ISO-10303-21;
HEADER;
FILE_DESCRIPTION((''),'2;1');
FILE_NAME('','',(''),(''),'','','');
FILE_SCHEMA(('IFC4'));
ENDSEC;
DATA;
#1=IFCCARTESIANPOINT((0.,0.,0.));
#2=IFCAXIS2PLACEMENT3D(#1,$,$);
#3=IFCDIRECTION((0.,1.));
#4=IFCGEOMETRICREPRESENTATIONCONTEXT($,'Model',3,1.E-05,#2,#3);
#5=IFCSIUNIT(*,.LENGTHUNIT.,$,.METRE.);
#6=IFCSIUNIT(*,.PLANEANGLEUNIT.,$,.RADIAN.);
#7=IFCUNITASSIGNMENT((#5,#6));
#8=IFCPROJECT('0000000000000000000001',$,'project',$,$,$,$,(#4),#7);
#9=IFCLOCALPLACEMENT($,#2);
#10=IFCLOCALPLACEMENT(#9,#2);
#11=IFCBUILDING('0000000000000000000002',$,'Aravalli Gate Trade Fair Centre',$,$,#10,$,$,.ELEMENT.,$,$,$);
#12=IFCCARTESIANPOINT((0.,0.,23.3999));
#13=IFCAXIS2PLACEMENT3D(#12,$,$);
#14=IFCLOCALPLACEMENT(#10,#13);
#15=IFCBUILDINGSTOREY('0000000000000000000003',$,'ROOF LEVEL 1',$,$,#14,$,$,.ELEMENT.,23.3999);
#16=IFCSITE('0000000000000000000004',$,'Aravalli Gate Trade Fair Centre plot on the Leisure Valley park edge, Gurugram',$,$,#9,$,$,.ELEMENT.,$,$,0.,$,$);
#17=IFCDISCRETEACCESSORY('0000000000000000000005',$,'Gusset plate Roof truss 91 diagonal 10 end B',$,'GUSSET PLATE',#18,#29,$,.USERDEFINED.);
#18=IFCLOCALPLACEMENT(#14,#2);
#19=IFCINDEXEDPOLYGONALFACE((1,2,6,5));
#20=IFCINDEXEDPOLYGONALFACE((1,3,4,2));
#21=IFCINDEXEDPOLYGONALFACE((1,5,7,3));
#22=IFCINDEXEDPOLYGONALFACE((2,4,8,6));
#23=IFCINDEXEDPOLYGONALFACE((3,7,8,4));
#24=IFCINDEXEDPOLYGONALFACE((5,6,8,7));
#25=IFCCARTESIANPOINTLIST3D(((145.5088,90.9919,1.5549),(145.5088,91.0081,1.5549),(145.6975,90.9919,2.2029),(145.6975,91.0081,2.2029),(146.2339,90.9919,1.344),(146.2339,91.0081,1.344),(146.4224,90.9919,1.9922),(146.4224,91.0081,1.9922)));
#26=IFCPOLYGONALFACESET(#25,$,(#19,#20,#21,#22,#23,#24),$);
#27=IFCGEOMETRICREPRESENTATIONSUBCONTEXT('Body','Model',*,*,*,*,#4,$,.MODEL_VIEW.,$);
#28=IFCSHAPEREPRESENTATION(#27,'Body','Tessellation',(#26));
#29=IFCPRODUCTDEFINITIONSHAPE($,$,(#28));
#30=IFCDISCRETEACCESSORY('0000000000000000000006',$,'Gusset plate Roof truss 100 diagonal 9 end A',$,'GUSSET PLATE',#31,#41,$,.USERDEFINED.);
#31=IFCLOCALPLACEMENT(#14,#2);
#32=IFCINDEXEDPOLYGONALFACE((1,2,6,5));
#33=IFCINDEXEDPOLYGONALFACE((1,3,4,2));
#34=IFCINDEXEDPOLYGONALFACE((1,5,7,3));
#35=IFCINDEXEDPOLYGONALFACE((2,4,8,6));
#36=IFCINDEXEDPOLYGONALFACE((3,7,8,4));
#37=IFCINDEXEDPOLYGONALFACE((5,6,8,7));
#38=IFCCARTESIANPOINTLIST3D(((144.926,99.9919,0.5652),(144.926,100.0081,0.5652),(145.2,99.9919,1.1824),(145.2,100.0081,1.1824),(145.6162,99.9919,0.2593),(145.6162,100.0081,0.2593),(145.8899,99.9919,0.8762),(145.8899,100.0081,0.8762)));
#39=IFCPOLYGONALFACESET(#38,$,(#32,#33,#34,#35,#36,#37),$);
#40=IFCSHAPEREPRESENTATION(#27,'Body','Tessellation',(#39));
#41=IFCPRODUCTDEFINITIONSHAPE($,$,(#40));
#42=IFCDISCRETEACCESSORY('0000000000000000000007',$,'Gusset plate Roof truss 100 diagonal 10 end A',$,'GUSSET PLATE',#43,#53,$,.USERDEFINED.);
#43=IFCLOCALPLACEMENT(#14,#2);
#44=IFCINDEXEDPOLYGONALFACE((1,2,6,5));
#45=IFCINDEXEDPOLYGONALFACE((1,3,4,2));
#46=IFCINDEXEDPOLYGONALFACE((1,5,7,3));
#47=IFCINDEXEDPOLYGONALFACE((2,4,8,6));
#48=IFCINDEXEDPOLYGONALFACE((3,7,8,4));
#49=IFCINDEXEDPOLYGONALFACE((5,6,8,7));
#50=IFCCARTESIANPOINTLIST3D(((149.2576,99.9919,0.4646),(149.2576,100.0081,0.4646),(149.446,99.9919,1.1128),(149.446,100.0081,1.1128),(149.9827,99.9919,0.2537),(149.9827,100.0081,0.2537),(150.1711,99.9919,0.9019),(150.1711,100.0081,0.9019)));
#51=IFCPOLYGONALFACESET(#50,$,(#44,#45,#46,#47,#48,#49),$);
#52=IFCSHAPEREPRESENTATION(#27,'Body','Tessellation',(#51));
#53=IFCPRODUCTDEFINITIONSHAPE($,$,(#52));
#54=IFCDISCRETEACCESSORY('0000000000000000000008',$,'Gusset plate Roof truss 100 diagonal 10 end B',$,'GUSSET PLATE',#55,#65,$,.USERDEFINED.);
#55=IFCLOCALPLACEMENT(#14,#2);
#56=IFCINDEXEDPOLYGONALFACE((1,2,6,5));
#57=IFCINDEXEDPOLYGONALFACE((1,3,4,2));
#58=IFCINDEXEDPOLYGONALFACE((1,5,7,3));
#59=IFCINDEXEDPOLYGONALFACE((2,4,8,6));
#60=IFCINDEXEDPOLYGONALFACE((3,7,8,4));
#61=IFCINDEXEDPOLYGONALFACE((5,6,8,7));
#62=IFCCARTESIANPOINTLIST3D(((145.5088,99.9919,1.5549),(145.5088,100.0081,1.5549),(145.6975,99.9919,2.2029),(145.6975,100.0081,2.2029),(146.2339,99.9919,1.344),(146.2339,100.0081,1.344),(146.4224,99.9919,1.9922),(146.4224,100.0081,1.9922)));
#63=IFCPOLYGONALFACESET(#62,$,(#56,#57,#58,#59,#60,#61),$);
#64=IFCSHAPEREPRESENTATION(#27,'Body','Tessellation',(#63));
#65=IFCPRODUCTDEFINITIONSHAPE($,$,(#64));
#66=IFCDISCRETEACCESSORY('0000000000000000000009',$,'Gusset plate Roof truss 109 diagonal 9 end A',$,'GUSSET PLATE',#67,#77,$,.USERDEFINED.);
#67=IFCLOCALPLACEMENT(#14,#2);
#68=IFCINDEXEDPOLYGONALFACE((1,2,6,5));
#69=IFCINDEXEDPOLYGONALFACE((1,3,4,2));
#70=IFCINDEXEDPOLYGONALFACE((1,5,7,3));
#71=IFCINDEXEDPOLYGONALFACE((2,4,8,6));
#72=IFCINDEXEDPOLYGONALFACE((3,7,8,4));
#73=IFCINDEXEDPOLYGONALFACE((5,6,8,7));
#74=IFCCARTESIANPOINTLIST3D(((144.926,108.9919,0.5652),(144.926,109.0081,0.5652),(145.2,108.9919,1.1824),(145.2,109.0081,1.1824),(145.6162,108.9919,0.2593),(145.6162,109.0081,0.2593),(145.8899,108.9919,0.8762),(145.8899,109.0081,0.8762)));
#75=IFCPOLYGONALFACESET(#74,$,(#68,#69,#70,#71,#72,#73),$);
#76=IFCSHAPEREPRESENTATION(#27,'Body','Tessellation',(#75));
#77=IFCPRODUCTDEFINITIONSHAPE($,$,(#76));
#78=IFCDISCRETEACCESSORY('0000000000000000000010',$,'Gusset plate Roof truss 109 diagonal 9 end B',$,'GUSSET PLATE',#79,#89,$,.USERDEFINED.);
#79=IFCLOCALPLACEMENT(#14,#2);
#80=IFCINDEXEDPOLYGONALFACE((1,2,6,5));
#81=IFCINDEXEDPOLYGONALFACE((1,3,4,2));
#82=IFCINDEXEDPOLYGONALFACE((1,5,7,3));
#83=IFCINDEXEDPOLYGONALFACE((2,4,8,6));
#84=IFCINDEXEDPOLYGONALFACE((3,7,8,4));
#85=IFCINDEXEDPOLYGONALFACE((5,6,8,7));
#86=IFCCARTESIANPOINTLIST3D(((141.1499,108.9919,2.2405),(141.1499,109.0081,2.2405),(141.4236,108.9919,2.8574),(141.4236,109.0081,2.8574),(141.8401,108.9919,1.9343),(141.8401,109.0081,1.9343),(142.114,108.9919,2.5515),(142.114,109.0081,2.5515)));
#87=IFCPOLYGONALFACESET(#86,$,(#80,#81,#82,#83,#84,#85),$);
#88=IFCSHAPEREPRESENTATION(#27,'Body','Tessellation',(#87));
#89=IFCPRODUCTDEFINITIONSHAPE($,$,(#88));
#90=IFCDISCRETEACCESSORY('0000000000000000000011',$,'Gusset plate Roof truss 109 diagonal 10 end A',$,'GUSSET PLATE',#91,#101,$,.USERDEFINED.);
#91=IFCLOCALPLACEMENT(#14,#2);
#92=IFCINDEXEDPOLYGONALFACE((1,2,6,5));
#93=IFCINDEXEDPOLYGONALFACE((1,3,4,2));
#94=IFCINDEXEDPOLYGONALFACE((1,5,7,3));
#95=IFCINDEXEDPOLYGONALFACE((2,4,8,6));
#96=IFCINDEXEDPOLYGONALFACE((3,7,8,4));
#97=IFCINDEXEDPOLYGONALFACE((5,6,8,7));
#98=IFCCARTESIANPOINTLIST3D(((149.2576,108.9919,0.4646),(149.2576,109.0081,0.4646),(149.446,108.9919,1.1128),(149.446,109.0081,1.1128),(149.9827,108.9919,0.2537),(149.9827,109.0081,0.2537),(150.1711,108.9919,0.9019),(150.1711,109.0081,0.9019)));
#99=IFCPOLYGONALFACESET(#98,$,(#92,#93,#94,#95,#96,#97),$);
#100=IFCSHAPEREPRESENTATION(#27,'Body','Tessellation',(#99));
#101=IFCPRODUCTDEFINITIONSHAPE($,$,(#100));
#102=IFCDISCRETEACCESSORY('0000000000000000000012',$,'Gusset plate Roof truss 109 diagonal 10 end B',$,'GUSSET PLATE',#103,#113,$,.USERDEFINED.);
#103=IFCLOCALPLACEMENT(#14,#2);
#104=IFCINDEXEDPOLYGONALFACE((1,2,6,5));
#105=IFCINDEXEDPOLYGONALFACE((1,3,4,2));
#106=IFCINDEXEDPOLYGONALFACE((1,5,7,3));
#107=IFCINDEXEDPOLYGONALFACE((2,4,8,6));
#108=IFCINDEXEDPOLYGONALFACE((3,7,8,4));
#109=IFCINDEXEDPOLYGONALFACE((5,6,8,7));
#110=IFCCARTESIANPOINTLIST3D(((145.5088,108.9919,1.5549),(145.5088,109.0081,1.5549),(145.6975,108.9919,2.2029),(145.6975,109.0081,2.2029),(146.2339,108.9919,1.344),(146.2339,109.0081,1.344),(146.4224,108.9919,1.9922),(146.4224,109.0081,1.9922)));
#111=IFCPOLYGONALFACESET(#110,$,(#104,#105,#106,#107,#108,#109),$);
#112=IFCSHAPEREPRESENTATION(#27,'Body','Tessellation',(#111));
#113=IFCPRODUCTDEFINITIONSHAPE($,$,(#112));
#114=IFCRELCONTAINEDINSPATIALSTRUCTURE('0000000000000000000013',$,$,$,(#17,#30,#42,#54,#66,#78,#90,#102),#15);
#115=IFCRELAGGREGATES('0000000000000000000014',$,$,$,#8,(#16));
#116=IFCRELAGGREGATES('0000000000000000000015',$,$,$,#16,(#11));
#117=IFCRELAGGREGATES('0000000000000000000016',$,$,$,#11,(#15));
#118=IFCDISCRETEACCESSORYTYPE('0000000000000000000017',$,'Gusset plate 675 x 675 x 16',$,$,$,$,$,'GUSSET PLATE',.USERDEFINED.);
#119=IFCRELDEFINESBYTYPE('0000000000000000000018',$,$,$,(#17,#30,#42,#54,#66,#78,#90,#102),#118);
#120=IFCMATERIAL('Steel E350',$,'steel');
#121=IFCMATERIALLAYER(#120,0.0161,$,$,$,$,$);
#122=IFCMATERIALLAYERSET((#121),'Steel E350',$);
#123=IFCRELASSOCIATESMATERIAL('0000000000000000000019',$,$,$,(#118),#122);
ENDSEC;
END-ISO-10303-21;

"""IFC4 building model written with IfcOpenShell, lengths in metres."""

from ifc_helpers import new_model, si_unit, direction, frame, origin, place, context, subcontext, project, spatial, polyline, outline, extrude, material, layer, layer_set, type_object, element, save


model = new_model("IFC4")

# Units and contexts
model_context = context("Model", 3, precision=1e-05, world=origin(), true_north=direction((0.0, 1.0)))
body_context = subcontext(model_context, "Body", "Model", "MODEL_VIEW")
ifc_project = project(units=[si_unit("LENGTHUNIT", "METRE"), si_unit("PLANEANGLEUNIT", "RADIAN")], contexts=[model_context])

# Site, building, storey
site_placement = place(None, origin())
site = spatial("IfcSite", under=ifc_project, at=site_placement, Name="Aravalli Gate Trade Fair Centre plot on the Leisure Valley park edge, Gurugram", CompositionType="ELEMENT", RefElevation=0.0)
building_placement = place(site_placement, origin())
building = spatial("IfcBuilding", under=site, at=building_placement, Name="Aravalli Gate Trade Fair Centre", CompositionType="ELEMENT")
storey_placement = place(building_placement, frame((0.0, 0.0, 23.3999)))
storey = spatial("IfcBuildingStorey", under=building, at=storey_placement, Name="ROOF LEVEL 1", CompositionType="ELEMENT", Elevation=23.3999)

# Shared definitions
ifc_material = material(Name="Steel E350", Category="steel")

# Discrete accessories
ifc_layer_1 = layer(ifc_material, 0.0161)
ifc_layer_set_1 = layer_set([ifc_layer_1], Name="Steel E350")
discrete_accessory_type_1 = type_object("IfcDiscreteAccessoryType", Name="Gusset plate 675 x 675 x 16", ElementType="GUSSET PLATE", PredefinedType="USERDEFINED", material=ifc_layer_set_1)
discrete_accessory_1_placement = place(storey_placement, frame((146.2339, 91.0081, 1.344), z_axis=(0.0, 1.0, 0.0), x_axis=(-0.960195, 0.0, 0.27933)))
element("IfcDiscreteAccessory", 1, at=discrete_accessory_1_placement, inside=storey, type_object=discrete_accessory_type_1, Name="Gusset plate Roof truss 91 diagonal 10 end B", ObjectType="GUSSET PLATE", PredefinedType="USERDEFINED", context=body_context, shape_type="SweptSolid", body=[
    extrude(outline(polyline([(0.0, 0.0), (0.7552, 0.0), (0.7549, 0.6749), (0.0001, 0.675), (0.0, 0.0)])), origin(), (0.0, 0.0, -1.0), 0.0161),
])
discrete_accessory_2_placement = place(storey_placement, frame((144.926, 99.9919, 0.5652), z_axis=(0.0, -1.0, 0.0), x_axis=(0.914224, 0.0, -0.405208)))
element("IfcDiscreteAccessory", 2, at=discrete_accessory_2_placement, inside=storey, type_object=discrete_accessory_type_1, Name="Gusset plate Roof truss 100 diagonal 9 end A", ObjectType="GUSSET PLATE", PredefinedType="USERDEFINED", context=body_context, shape_type="SweptSolid", body=[
    extrude(outline(polyline([(0.0, 0.0), (0.7549, 0.0), (0.7552, 0.6749), (0.0003, 0.6752), (0.0, 0.0)])), origin(), (0.0, 0.0, -1.0), 0.0161),
])
discrete_accessory_3_placement = place(storey_placement, frame((149.2576, 99.9919, 0.4646), z_axis=(0.0, -1.0, 0.0), x_axis=(0.960195, 0.0, -0.27933)))
element("IfcDiscreteAccessory", 3, at=discrete_accessory_3_placement, inside=storey, type_object=discrete_accessory_type_1, Name="Gusset plate Roof truss 100 diagonal 10 end A", ObjectType="GUSSET PLATE", PredefinedType="USERDEFINED", context=body_context, shape_type="SweptSolid", body=[
    extrude(outline(polyline([(0.0, 0.0), (0.7552, 0.0), (0.7551, 0.675), (-0.0001, 0.675), (0.0, 0.0)])), origin(), (0.0, 0.0, -1.0), 0.0161),
])
discrete_accessory_4_placement = place(storey_placement, frame((146.2339, 100.0081, 1.344), z_axis=(0.0, 1.0, 0.0), x_axis=(-0.960195, 0.0, 0.27933)))
element("IfcDiscreteAccessory", 4, at=discrete_accessory_4_placement, inside=storey, type_object=discrete_accessory_type_1, Name="Gusset plate Roof truss 100 diagonal 10 end B", ObjectType="GUSSET PLATE", PredefinedType="USERDEFINED", context=body_context, shape_type="SweptSolid", body=[
    extrude(outline(polyline([(0.0, 0.0), (0.7552, 0.0), (0.7549, 0.6749), (0.0001, 0.675), (0.0, 0.0)])), origin(), (0.0, 0.0, -1.0), 0.0161),
])
discrete_accessory_5_placement = place(storey_placement, frame((144.926, 108.9919, 0.5652), z_axis=(0.0, -1.0, 0.0), x_axis=(0.914224, 0.0, -0.405208)))
element("IfcDiscreteAccessory", 5, at=discrete_accessory_5_placement, inside=storey, type_object=discrete_accessory_type_1, Name="Gusset plate Roof truss 109 diagonal 9 end A", ObjectType="GUSSET PLATE", PredefinedType="USERDEFINED", context=body_context, shape_type="SweptSolid", body=[
    extrude(outline(polyline([(0.0, 0.0), (0.7549, 0.0), (0.7552, 0.6749), (0.0003, 0.6752), (0.0, 0.0)])), origin(), (0.0, 0.0, -1.0), 0.0161),
])
discrete_accessory_6_placement = place(storey_placement, frame((141.8401, 109.0081, 1.9343), z_axis=(0.0, 1.0, 0.0), x_axis=(-0.914105, 0.0, 0.405478)))
element("IfcDiscreteAccessory", 6, at=discrete_accessory_6_placement, inside=storey, type_object=discrete_accessory_type_1, Name="Gusset plate Roof truss 109 diagonal 9 end B", ObjectType="GUSSET PLATE", PredefinedType="USERDEFINED", context=body_context, shape_type="SweptSolid", body=[
    extrude(outline(polyline([(0.0, 0.0), (0.755, 0.0), (0.755, 0.6749), (-0.0001, 0.6752), (0.0, 0.0)])), origin(), (0.0, 0.0, -1.0), 0.0161),
])
discrete_accessory_7_placement = place(storey_placement, frame((149.2576, 108.9919, 0.4646), z_axis=(0.0, -1.0, 0.0), x_axis=(0.960195, 0.0, -0.27933)))
element("IfcDiscreteAccessory", 7, at=discrete_accessory_7_placement, inside=storey, type_object=discrete_accessory_type_1, Name="Gusset plate Roof truss 109 diagonal 10 end A", ObjectType="GUSSET PLATE", PredefinedType="USERDEFINED", context=body_context, shape_type="SweptSolid", body=[
    extrude(outline(polyline([(0.0, 0.0), (0.7552, 0.0), (0.7551, 0.675), (-0.0001, 0.675), (0.0, 0.0)])), origin(), (0.0, 0.0, -1.0), 0.0161),
])
discrete_accessory_8_placement = place(storey_placement, frame((146.2339, 109.0081, 1.344), z_axis=(0.0, 1.0, 0.0), x_axis=(-0.960195, 0.0, 0.27933)))
element("IfcDiscreteAccessory", 8, at=discrete_accessory_8_placement, inside=storey, type_object=discrete_accessory_type_1, Name="Gusset plate Roof truss 109 diagonal 10 end B", ObjectType="GUSSET PLATE", PredefinedType="USERDEFINED", context=body_context, shape_type="SweptSolid", body=[
    extrude(outline(polyline([(0.0, 0.0), (0.7552, 0.0), (0.7549, 0.6749), (0.0001, 0.675), (0.0, 0.0)])), origin(), (0.0, 0.0, -1.0), 0.0161),
])

save(model, "model.ifc")
